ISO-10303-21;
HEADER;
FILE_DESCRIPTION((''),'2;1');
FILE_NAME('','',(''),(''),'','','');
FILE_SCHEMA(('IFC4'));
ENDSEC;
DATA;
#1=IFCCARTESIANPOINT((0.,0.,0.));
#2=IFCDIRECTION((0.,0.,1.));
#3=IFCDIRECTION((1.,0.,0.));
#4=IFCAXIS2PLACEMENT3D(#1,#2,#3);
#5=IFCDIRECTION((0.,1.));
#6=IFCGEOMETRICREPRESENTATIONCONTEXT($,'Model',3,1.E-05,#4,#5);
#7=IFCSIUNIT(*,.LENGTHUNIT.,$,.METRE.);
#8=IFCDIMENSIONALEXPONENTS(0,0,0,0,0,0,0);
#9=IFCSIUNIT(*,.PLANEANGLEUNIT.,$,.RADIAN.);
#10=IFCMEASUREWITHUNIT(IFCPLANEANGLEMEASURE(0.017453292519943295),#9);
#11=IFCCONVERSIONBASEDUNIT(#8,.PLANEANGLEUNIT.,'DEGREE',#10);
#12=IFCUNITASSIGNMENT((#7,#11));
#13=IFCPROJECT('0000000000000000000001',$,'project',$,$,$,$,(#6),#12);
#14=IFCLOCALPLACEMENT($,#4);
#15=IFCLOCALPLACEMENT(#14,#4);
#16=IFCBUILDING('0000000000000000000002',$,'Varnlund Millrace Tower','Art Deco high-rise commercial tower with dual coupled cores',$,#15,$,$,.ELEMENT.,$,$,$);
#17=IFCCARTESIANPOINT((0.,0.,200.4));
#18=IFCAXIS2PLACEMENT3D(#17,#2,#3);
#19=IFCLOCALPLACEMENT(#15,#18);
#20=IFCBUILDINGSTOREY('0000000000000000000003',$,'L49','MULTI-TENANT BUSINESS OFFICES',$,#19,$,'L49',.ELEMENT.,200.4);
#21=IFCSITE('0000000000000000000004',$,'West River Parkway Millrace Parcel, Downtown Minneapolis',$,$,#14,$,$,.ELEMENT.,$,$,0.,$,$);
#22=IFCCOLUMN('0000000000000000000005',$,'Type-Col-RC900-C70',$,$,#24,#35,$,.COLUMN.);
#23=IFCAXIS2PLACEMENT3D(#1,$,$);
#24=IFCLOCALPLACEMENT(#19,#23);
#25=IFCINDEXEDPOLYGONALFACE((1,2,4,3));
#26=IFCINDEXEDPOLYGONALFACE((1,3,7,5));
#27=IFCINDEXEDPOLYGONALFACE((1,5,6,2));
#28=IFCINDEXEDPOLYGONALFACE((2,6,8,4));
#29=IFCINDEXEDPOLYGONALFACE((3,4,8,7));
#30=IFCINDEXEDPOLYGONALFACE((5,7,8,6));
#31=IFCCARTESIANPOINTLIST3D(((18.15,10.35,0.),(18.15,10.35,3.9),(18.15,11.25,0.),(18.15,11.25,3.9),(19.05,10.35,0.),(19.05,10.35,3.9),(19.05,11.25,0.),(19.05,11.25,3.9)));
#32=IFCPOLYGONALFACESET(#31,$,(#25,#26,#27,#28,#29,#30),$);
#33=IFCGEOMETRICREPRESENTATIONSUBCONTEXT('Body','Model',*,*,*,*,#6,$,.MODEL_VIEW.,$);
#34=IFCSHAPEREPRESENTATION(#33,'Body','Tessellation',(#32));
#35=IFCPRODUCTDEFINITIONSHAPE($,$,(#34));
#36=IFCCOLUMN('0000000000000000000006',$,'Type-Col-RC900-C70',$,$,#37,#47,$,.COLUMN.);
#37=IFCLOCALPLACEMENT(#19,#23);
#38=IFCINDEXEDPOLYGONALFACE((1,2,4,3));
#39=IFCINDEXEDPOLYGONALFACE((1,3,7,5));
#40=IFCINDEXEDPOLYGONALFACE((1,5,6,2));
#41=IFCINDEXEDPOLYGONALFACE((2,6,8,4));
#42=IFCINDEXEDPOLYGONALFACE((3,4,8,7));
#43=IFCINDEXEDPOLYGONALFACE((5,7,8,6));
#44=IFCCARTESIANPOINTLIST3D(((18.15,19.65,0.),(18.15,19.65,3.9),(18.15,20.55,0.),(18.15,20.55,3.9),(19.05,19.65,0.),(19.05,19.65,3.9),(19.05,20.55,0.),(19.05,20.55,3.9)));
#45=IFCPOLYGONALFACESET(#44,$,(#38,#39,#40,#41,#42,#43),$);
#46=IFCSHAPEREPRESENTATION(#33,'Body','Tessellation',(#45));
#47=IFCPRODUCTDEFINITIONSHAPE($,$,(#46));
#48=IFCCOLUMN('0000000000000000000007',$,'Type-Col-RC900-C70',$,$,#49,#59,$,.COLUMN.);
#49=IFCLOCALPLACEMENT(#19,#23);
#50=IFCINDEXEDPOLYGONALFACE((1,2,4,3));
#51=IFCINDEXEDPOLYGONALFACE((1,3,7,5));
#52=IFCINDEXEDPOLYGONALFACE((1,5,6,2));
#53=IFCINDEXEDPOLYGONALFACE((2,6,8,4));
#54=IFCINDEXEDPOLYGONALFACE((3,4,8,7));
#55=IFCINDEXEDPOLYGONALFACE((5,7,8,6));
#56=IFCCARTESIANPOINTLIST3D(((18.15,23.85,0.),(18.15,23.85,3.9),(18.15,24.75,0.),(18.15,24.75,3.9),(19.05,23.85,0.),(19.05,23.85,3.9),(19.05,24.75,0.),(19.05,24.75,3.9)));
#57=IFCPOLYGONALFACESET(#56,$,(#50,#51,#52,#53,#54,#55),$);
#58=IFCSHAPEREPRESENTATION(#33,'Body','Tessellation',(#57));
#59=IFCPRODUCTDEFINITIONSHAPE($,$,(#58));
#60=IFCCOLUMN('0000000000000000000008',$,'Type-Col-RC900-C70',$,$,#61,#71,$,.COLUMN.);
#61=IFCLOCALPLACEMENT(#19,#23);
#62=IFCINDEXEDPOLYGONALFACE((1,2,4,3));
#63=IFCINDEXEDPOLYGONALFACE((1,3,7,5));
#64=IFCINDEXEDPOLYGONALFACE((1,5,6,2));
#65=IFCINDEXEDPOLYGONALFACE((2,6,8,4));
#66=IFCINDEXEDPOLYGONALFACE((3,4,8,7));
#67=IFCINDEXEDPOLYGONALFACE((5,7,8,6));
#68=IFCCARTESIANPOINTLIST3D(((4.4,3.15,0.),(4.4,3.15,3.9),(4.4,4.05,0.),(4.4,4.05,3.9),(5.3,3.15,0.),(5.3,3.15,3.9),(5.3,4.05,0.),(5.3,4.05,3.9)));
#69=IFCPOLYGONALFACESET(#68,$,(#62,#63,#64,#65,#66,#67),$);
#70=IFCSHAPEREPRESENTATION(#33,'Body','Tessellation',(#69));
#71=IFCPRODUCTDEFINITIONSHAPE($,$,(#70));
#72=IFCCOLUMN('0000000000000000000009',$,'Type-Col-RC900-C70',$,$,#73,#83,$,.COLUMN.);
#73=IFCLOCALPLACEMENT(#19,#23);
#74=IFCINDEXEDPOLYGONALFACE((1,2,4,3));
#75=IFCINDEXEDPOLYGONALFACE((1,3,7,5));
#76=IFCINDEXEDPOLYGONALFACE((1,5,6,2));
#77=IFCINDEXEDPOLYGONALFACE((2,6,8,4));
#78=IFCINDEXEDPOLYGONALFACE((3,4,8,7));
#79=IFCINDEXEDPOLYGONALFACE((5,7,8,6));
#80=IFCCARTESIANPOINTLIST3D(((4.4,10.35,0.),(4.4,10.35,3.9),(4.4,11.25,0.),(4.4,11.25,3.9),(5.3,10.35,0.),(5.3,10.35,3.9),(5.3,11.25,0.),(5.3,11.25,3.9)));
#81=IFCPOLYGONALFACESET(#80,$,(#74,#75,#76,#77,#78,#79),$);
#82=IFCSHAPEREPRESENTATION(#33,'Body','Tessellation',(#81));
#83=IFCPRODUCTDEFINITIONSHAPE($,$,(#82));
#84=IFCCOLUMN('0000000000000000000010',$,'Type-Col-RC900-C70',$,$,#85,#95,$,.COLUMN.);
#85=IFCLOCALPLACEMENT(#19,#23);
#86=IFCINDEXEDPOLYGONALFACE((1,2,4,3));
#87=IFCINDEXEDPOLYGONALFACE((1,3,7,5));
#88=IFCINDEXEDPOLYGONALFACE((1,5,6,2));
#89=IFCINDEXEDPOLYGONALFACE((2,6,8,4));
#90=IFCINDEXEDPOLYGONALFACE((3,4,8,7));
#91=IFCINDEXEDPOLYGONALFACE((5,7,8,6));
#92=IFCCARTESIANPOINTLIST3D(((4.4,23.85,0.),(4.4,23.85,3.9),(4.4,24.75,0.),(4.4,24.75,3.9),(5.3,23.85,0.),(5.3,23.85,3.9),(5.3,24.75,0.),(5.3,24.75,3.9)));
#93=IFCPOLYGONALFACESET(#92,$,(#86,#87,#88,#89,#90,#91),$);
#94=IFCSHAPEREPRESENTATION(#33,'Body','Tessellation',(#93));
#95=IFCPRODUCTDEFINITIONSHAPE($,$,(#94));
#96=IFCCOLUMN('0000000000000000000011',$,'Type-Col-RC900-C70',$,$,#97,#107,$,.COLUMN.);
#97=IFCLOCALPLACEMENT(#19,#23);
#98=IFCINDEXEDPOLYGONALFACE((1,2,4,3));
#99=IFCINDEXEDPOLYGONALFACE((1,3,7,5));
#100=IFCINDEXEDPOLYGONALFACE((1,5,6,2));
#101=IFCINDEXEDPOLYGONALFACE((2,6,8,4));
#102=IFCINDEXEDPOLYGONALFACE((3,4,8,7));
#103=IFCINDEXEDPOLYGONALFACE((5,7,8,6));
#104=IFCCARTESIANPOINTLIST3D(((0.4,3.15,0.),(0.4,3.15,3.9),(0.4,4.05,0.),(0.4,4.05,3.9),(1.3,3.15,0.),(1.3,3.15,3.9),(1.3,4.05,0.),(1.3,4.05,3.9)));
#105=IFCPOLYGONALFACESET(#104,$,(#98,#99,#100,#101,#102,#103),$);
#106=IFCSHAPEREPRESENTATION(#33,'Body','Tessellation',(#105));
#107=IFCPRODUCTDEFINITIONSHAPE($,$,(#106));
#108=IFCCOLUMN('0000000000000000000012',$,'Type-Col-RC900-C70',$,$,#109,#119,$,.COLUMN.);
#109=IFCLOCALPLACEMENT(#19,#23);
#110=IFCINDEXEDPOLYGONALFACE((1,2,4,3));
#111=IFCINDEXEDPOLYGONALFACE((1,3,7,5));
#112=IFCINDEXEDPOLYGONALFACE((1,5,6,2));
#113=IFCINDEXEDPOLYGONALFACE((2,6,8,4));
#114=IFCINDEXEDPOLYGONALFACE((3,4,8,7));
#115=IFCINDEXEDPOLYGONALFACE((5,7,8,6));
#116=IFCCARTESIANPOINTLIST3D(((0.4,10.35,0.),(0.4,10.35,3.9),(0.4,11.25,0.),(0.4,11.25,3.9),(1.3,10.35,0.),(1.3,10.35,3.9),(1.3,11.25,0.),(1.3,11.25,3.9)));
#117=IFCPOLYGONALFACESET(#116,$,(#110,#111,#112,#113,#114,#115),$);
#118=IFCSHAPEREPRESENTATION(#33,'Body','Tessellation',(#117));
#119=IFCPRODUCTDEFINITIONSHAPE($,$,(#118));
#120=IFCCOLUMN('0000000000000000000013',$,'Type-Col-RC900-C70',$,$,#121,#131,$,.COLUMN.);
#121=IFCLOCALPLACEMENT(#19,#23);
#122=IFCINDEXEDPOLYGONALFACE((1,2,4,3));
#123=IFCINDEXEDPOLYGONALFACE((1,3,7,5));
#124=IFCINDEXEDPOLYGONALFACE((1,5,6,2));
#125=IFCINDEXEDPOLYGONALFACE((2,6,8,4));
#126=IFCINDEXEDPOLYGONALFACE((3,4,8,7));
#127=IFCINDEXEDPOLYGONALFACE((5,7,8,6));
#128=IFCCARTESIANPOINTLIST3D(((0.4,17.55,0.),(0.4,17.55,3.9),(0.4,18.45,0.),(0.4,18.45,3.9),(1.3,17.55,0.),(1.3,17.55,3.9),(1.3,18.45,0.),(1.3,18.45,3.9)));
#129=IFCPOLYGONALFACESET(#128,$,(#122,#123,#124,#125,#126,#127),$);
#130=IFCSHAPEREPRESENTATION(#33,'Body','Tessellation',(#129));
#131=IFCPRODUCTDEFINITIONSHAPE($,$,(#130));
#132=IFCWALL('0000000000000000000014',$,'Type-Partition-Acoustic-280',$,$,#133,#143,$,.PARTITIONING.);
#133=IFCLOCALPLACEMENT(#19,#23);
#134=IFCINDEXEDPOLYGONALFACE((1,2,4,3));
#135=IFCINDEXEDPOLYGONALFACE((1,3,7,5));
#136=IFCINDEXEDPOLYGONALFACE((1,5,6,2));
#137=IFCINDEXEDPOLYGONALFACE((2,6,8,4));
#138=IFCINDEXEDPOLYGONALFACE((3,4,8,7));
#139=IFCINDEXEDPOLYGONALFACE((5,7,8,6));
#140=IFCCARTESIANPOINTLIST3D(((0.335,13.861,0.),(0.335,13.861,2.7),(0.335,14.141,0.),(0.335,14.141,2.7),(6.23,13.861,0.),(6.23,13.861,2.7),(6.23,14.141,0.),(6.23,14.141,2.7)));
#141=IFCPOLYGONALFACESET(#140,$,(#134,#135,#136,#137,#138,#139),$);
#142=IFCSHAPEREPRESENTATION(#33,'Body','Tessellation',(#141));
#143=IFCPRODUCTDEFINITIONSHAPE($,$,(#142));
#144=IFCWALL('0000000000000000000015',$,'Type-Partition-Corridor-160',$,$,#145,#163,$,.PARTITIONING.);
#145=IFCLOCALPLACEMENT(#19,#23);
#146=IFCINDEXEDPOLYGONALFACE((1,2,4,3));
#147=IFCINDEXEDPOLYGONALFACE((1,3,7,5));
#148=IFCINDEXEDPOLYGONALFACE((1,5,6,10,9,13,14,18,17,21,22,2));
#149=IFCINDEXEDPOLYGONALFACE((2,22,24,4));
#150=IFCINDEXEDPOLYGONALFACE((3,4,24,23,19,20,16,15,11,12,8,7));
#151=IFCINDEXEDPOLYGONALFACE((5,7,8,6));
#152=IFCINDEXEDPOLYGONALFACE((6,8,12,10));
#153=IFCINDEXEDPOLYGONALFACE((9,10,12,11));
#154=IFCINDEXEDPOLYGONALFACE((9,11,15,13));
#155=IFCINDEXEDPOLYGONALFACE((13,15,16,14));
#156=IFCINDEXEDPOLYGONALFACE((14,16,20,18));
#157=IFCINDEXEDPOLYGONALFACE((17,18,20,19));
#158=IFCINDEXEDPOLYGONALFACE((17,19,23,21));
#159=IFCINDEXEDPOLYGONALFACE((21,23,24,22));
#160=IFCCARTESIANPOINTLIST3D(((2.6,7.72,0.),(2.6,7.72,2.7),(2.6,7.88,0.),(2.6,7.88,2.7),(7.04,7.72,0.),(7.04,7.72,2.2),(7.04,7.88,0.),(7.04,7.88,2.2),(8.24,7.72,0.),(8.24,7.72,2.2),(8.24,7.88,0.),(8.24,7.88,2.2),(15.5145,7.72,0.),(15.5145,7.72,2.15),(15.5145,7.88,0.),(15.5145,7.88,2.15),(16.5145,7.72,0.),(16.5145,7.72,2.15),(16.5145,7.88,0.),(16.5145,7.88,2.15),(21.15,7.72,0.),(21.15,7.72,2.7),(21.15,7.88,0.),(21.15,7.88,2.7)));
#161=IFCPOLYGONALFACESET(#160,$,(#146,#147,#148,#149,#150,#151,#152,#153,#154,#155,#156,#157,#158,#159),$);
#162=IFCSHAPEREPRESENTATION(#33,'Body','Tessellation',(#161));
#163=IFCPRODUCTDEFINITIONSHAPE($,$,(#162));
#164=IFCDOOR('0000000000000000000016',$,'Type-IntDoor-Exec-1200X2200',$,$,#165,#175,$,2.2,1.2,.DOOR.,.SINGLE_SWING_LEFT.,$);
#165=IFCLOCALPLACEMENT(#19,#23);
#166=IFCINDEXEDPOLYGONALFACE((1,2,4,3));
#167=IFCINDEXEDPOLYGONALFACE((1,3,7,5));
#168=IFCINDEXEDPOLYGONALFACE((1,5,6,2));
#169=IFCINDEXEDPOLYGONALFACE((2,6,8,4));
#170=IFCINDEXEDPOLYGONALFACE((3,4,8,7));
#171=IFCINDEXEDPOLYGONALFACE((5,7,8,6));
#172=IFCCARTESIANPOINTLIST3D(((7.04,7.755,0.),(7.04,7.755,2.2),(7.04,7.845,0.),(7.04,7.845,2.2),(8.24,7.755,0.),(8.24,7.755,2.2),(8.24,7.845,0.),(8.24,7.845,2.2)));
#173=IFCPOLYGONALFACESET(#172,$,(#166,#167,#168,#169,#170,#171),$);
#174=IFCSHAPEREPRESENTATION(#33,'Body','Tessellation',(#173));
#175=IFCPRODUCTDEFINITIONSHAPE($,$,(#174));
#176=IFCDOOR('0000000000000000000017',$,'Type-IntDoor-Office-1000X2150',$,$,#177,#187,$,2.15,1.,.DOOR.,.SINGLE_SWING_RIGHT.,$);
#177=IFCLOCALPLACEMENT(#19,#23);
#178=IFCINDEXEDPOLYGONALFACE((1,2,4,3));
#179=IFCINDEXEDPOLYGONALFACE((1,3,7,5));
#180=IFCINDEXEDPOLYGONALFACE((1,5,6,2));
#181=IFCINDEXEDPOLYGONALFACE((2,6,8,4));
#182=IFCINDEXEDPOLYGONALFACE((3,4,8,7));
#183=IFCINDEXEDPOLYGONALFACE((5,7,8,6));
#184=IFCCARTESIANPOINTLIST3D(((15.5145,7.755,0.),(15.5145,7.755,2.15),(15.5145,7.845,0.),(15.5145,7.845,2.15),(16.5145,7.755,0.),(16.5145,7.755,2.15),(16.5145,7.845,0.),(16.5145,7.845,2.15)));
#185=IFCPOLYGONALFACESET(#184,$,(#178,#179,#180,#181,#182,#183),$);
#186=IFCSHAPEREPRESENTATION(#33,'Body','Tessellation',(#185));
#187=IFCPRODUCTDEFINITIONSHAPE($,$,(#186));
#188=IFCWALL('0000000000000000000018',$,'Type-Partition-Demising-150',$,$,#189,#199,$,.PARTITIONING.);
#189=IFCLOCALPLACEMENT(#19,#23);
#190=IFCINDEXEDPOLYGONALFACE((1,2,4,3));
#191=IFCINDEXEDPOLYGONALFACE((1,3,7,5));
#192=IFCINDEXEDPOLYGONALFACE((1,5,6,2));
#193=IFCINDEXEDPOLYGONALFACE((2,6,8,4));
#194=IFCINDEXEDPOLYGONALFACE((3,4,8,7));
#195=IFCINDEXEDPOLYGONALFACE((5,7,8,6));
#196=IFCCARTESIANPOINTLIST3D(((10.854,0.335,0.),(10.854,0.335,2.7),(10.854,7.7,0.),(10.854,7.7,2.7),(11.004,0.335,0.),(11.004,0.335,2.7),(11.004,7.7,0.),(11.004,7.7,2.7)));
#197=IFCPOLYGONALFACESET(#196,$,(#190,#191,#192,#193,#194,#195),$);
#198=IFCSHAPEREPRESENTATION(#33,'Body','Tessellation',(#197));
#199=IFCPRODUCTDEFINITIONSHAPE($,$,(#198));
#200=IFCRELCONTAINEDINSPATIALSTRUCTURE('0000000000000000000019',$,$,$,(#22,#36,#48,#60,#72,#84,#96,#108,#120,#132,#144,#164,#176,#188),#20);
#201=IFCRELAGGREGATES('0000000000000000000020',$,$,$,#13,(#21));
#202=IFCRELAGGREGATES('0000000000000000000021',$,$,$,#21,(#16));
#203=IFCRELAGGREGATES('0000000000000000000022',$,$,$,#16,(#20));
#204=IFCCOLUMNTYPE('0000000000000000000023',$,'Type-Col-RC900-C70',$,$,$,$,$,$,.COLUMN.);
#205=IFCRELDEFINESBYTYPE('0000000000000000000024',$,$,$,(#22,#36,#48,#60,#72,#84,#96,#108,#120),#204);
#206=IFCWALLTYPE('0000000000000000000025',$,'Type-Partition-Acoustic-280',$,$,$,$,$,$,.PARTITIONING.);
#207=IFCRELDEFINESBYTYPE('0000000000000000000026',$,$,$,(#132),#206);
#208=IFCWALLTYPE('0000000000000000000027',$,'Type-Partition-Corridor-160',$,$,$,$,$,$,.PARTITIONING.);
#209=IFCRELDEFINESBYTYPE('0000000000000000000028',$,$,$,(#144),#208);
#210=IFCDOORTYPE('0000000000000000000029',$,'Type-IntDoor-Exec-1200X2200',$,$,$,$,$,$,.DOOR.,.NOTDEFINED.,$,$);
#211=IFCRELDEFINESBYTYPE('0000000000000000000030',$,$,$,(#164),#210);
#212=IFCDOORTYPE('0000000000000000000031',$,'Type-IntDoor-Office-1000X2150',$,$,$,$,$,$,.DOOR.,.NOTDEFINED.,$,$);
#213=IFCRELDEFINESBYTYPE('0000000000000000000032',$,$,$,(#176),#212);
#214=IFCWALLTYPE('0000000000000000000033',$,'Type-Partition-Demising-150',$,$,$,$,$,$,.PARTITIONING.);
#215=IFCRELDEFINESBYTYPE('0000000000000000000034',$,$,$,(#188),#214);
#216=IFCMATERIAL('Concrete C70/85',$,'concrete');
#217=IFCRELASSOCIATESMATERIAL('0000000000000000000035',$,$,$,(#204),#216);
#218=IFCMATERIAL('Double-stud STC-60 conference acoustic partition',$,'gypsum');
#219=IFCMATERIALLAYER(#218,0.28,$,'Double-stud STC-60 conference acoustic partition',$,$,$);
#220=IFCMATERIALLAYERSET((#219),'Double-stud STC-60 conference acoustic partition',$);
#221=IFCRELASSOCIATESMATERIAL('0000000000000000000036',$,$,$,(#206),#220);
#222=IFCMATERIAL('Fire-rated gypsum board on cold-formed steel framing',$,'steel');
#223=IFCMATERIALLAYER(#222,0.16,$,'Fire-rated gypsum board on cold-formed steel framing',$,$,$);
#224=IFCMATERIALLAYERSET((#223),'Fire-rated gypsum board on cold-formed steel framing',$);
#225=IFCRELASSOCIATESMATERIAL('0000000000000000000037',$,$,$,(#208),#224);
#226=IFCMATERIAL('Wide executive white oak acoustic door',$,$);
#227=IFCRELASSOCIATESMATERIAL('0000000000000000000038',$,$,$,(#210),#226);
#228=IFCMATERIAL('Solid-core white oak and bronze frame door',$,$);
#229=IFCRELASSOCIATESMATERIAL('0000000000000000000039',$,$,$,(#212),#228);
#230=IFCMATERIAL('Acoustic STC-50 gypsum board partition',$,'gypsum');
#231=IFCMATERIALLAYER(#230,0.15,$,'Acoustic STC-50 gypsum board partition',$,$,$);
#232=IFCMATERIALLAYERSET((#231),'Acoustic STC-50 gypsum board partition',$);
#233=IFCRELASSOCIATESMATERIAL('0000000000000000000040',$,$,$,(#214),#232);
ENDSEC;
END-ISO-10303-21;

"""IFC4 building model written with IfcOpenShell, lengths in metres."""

from ifc_helpers import new_model, entity, si_unit, converted_unit, direction, frame, origin_with_axes, origin_2d_with_axis, place, context, subcontext, project, spatial, polyline, rectangle, outline, extrude, material, layer, layer_set, material_profile, profile_set, type_object, element, fill, save


model = new_model("IFC4")

# Units and contexts
model_context = context("Model", 3, precision=1e-05, world=origin_with_axes(), true_north=direction((0.0, 1.0)))
body_context = subcontext(model_context, "Body", "Model", "MODEL_VIEW")
ifc_project = project(units=[si_unit("LENGTHUNIT", "METRE"), converted_unit("PLANEANGLEUNIT", "DEGREE", entity("IfcPlaneAngleMeasure", 0.017453292519943295), si_unit("PLANEANGLEUNIT", "RADIAN"), dimensions=[0, 0, 0, 0, 0, 0, 0])], contexts=[model_context])

# Site, building, storey
site_placement = place(None, origin_with_axes())
site = spatial("IfcSite", under=ifc_project, at=site_placement, Name="West River Parkway Millrace Parcel, Downtown Minneapolis", CompositionType="ELEMENT", RefElevation=0.0)
building_placement = place(site_placement, origin_with_axes())
building = spatial("IfcBuilding", under=site, at=building_placement, Name="Varnlund Millrace Tower", Description="Art Deco high-rise commercial tower with dual coupled cores", CompositionType="ELEMENT")
storey_placement = place(building_placement, frame((0.0, 0.0, 200.4), z_axis=(0.0, 0.0, 1.0), x_axis=(1.0, 0.0, 0.0)))
storey = spatial("IfcBuildingStorey", under=building, at=storey_placement, Name="L49", Description="MULTI-TENANT BUSINESS OFFICES", LongName="L49", CompositionType="ELEMENT", Elevation=200.4)

# Columns
ifc_material_1 = material(Name="Concrete C70/85", Category="concrete")
ifc_material_profile = material_profile(ifc_material_1, rectangle(XDim=0.9, YDim=0.9, at=origin_2d_with_axis()), Name="Concrete C70/85")
ifc_profile_set = profile_set([ifc_material_profile], Name="Concrete C70/85")
column_type = type_object("IfcColumnType", Name="Type-Col-RC900-C70", PredefinedType="COLUMN", material=ifc_profile_set)
for number, where, z_axis, x_axis, name in (
    (1, (18.6, 10.8, 0.0), (0.0, 0.0, 1.0), (1.0, 0.0, 0.0), "Type-Col-RC900-C70"),
    (2, (18.6, 20.1, 0.0), (0.0, 0.0, 1.0), (1.0, 0.0, 0.0), "Type-Col-RC900-C70"),
    (3, (18.6, 24.3, 0.0), (0.0, 0.0, 1.0), (1.0, 0.0, 0.0), "Type-Col-RC900-C70"),
    (4, (4.85, 3.6, 0.0), (0.0, 0.0, 1.0), (1.0, 0.0, 0.0), "Type-Col-RC900-C70"),
    (5, (4.85, 10.8, 0.0), (0.0, 0.0, 1.0), (1.0, 0.0, 0.0), "Type-Col-RC900-C70"),
    (6, (4.85, 24.3, 0.0), (0.0, 0.0, 1.0), (1.0, 0.0, 0.0), "Type-Col-RC900-C70"),
    (7, (0.85, 3.6, 0.0), (0.0, 0.0, 1.0), (1.0, 0.0, 0.0), "Type-Col-RC900-C70"),
    (8, (0.85, 10.8, 0.0), (0.0, 0.0, 1.0), (1.0, 0.0, 0.0), "Type-Col-RC900-C70"),
    (9, (0.85, 18.0, 0.0), (0.0, 0.0, 1.0), (1.0, 0.0, 0.0), "Type-Col-RC900-C70"),
):
    element("IfcColumn", number, at=place(storey_placement, frame(where, z_axis=z_axis, x_axis=x_axis)), inside=storey, type_object=column_type, Name=name, PredefinedType="COLUMN", context=body_context, shape_type="SweptSolid", body=[
        extrude(rectangle(XDim=0.9, YDim=0.9, at=origin_2d_with_axis()), origin_with_axes(), (0.0, 0.0, 1.0), 3.9),
    ])

# Wall
ifc_material_2 = material(Name="Double-stud STC-60 conference acoustic partition", Category="gypsum")
ifc_layer_1 = layer(ifc_material_2, 0.28, Name="Double-stud STC-60 conference acoustic partition")
ifc_layer_set_1 = layer_set([ifc_layer_1], Name="Double-stud STC-60 conference acoustic partition")
wall_type_1 = type_object("IfcWallType", Name="Type-Partition-Acoustic-280", PredefinedType="PARTITIONING", material=ifc_layer_set_1)
wall_1_placement = place(storey_placement, frame((0.335, 14.001, 0.0), z_axis=(0.0, 0.0, 1.0), x_axis=(1.0, 0.0, 0.0)))
element("IfcWall", 10, at=wall_1_placement, inside=storey, type_object=wall_type_1, Name="Type-Partition-Acoustic-280", PredefinedType="PARTITIONING", context=body_context, shape_type="SweptSolid", body=[
    extrude(outline(polyline([(0.0, -0.14), (5.895, -0.14), (5.895, 0.14), (0.0, 0.14), (0.0, -0.14)])), origin_with_axes(), (0.0, 0.0, 1.0), 2.7),
])

# Wall, openings, doors
ifc_material_3 = material(Name="Fire-rated gypsum board on cold-formed steel framing", Category="steel")
ifc_layer_2 = layer(ifc_material_3, 0.16, Name="Fire-rated gypsum board on cold-formed steel framing")
ifc_layer_set_2 = layer_set([ifc_layer_2], Name="Fire-rated gypsum board on cold-formed steel framing")
wall_type_2 = type_object("IfcWallType", Name="Type-Partition-Corridor-160", PredefinedType="PARTITIONING", material=ifc_layer_set_2)
wall_2_placement = place(storey_placement, frame((2.6, 7.8, 0.0), z_axis=(0.0, 0.0, 1.0), x_axis=(1.0, 0.0, 0.0)))
wall_2 = element("IfcWall", 11, at=wall_2_placement, inside=storey, type_object=wall_type_2, Name="Type-Partition-Corridor-160", PredefinedType="PARTITIONING", context=body_context, shape_type="SweptSolid", body=[
    extrude(outline(polyline([(0.0, -0.08), (18.55, -0.08), (18.55, 0.08), (0.0, 0.08), (0.0, -0.08)])), origin_with_axes(), (0.0, 0.0, 1.0), 2.7),
])
opening_1_placement = place(wall_2_placement, frame((5.04, 0.0, 0.0), z_axis=(0.0, 0.0, 1.0), x_axis=(1.0, 0.0, 0.0)))
opening_1 = element("IfcOpeningElement", 12, at=opening_1_placement, cuts=wall_2, PredefinedType="OPENING", context=body_context, shape_type="SweptSolid", body=[
    extrude(rectangle(XDim=1.2, YDim=0.18, at=origin_2d_with_axis()), origin_with_axes(), (0.0, 0.0, 1.0), 2.2),
])
opening_2_placement = place(wall_2_placement, frame((13.4145, 0.0, 0.0), z_axis=(0.0, 0.0, 1.0), x_axis=(1.0, 0.0, 0.0)))
opening_2 = element("IfcOpeningElement", 13, at=opening_2_placement, cuts=wall_2, PredefinedType="OPENING", context=body_context, shape_type="SweptSolid", body=[
    extrude(rectangle(XDim=1.0, YDim=0.18, at=origin_2d_with_axis()), origin_with_axes(), (0.0, 0.0, 1.0), 2.15),
])
ifc_material_4 = material(Name="Wide executive white oak acoustic door")
door_type_1 = type_object("IfcDoorType", Name="Type-IntDoor-Exec-1200X2200", OperationType="NOTDEFINED", PredefinedType="DOOR", material=ifc_material_4)
door_1_placement = place(wall_2_placement, frame((5.04, 0.0, 0.0), z_axis=(0.0, 0.0, 1.0), x_axis=(1.0, 0.0, 0.0)))
door_1 = element("IfcDoor", 14, at=door_1_placement, inside=storey, type_object=door_type_1, Name="Type-IntDoor-Exec-1200X2200", OperationType="SINGLE_SWING_LEFT", OverallHeight=2.2, OverallWidth=1.2, PredefinedType="DOOR", context=body_context, shape_type="SweptSolid", body=[
    extrude(rectangle(XDim=1.2, YDim=0.09, at=origin_2d_with_axis()), origin_with_axes(), (0.0, 0.0, 1.0), 2.2),
])
fill(opening_1, door_1)
ifc_material_5 = material(Name="Solid-core white oak and bronze frame door")
door_type_2 = type_object("IfcDoorType", Name="Type-IntDoor-Office-1000X2150", OperationType="NOTDEFINED", PredefinedType="DOOR", material=ifc_material_5)
door_2_placement = place(wall_2_placement, frame((13.4145, 0.0, 0.0), z_axis=(0.0, 0.0, 1.0), x_axis=(1.0, 0.0, 0.0)))
door_2 = element("IfcDoor", 15, at=door_2_placement, inside=storey, type_object=door_type_2, Name="Type-IntDoor-Office-1000X2150", OperationType="SINGLE_SWING_RIGHT", OverallHeight=2.15, OverallWidth=1.0, PredefinedType="DOOR", context=body_context, shape_type="SweptSolid", body=[
    extrude(rectangle(XDim=1.0, YDim=0.09, at=origin_2d_with_axis()), origin_with_axes(), (0.0, 0.0, 1.0), 2.15),
])
fill(opening_2, door_2)

# Wall
ifc_material_6 = material(Name="Acoustic STC-50 gypsum board partition", Category="gypsum")
ifc_layer_3 = layer(ifc_material_6, 0.15, Name="Acoustic STC-50 gypsum board partition")
ifc_layer_set_3 = layer_set([ifc_layer_3], Name="Acoustic STC-50 gypsum board partition")
wall_type_3 = type_object("IfcWallType", Name="Type-Partition-Demising-150", PredefinedType="PARTITIONING", material=ifc_layer_set_3)
wall_3_placement = place(storey_placement, frame((10.929, 0.335, 0.0), z_axis=(0.0, 0.0, 1.0), x_axis=(0.0, 1.0, 0.0)))
element("IfcWall", 16, at=wall_3_placement, inside=storey, type_object=wall_type_3, Name="Type-Partition-Demising-150", PredefinedType="PARTITIONING", context=body_context, shape_type="SweptSolid", body=[
    extrude(outline(polyline([(0.0, -0.075), (7.365, -0.075), (7.365, 0.075), (0.0, 0.075), (0.0, -0.075)])), origin_with_axes(), (0.0, 0.0, 1.0), 2.7),
])

save(model, "model.ifc")
